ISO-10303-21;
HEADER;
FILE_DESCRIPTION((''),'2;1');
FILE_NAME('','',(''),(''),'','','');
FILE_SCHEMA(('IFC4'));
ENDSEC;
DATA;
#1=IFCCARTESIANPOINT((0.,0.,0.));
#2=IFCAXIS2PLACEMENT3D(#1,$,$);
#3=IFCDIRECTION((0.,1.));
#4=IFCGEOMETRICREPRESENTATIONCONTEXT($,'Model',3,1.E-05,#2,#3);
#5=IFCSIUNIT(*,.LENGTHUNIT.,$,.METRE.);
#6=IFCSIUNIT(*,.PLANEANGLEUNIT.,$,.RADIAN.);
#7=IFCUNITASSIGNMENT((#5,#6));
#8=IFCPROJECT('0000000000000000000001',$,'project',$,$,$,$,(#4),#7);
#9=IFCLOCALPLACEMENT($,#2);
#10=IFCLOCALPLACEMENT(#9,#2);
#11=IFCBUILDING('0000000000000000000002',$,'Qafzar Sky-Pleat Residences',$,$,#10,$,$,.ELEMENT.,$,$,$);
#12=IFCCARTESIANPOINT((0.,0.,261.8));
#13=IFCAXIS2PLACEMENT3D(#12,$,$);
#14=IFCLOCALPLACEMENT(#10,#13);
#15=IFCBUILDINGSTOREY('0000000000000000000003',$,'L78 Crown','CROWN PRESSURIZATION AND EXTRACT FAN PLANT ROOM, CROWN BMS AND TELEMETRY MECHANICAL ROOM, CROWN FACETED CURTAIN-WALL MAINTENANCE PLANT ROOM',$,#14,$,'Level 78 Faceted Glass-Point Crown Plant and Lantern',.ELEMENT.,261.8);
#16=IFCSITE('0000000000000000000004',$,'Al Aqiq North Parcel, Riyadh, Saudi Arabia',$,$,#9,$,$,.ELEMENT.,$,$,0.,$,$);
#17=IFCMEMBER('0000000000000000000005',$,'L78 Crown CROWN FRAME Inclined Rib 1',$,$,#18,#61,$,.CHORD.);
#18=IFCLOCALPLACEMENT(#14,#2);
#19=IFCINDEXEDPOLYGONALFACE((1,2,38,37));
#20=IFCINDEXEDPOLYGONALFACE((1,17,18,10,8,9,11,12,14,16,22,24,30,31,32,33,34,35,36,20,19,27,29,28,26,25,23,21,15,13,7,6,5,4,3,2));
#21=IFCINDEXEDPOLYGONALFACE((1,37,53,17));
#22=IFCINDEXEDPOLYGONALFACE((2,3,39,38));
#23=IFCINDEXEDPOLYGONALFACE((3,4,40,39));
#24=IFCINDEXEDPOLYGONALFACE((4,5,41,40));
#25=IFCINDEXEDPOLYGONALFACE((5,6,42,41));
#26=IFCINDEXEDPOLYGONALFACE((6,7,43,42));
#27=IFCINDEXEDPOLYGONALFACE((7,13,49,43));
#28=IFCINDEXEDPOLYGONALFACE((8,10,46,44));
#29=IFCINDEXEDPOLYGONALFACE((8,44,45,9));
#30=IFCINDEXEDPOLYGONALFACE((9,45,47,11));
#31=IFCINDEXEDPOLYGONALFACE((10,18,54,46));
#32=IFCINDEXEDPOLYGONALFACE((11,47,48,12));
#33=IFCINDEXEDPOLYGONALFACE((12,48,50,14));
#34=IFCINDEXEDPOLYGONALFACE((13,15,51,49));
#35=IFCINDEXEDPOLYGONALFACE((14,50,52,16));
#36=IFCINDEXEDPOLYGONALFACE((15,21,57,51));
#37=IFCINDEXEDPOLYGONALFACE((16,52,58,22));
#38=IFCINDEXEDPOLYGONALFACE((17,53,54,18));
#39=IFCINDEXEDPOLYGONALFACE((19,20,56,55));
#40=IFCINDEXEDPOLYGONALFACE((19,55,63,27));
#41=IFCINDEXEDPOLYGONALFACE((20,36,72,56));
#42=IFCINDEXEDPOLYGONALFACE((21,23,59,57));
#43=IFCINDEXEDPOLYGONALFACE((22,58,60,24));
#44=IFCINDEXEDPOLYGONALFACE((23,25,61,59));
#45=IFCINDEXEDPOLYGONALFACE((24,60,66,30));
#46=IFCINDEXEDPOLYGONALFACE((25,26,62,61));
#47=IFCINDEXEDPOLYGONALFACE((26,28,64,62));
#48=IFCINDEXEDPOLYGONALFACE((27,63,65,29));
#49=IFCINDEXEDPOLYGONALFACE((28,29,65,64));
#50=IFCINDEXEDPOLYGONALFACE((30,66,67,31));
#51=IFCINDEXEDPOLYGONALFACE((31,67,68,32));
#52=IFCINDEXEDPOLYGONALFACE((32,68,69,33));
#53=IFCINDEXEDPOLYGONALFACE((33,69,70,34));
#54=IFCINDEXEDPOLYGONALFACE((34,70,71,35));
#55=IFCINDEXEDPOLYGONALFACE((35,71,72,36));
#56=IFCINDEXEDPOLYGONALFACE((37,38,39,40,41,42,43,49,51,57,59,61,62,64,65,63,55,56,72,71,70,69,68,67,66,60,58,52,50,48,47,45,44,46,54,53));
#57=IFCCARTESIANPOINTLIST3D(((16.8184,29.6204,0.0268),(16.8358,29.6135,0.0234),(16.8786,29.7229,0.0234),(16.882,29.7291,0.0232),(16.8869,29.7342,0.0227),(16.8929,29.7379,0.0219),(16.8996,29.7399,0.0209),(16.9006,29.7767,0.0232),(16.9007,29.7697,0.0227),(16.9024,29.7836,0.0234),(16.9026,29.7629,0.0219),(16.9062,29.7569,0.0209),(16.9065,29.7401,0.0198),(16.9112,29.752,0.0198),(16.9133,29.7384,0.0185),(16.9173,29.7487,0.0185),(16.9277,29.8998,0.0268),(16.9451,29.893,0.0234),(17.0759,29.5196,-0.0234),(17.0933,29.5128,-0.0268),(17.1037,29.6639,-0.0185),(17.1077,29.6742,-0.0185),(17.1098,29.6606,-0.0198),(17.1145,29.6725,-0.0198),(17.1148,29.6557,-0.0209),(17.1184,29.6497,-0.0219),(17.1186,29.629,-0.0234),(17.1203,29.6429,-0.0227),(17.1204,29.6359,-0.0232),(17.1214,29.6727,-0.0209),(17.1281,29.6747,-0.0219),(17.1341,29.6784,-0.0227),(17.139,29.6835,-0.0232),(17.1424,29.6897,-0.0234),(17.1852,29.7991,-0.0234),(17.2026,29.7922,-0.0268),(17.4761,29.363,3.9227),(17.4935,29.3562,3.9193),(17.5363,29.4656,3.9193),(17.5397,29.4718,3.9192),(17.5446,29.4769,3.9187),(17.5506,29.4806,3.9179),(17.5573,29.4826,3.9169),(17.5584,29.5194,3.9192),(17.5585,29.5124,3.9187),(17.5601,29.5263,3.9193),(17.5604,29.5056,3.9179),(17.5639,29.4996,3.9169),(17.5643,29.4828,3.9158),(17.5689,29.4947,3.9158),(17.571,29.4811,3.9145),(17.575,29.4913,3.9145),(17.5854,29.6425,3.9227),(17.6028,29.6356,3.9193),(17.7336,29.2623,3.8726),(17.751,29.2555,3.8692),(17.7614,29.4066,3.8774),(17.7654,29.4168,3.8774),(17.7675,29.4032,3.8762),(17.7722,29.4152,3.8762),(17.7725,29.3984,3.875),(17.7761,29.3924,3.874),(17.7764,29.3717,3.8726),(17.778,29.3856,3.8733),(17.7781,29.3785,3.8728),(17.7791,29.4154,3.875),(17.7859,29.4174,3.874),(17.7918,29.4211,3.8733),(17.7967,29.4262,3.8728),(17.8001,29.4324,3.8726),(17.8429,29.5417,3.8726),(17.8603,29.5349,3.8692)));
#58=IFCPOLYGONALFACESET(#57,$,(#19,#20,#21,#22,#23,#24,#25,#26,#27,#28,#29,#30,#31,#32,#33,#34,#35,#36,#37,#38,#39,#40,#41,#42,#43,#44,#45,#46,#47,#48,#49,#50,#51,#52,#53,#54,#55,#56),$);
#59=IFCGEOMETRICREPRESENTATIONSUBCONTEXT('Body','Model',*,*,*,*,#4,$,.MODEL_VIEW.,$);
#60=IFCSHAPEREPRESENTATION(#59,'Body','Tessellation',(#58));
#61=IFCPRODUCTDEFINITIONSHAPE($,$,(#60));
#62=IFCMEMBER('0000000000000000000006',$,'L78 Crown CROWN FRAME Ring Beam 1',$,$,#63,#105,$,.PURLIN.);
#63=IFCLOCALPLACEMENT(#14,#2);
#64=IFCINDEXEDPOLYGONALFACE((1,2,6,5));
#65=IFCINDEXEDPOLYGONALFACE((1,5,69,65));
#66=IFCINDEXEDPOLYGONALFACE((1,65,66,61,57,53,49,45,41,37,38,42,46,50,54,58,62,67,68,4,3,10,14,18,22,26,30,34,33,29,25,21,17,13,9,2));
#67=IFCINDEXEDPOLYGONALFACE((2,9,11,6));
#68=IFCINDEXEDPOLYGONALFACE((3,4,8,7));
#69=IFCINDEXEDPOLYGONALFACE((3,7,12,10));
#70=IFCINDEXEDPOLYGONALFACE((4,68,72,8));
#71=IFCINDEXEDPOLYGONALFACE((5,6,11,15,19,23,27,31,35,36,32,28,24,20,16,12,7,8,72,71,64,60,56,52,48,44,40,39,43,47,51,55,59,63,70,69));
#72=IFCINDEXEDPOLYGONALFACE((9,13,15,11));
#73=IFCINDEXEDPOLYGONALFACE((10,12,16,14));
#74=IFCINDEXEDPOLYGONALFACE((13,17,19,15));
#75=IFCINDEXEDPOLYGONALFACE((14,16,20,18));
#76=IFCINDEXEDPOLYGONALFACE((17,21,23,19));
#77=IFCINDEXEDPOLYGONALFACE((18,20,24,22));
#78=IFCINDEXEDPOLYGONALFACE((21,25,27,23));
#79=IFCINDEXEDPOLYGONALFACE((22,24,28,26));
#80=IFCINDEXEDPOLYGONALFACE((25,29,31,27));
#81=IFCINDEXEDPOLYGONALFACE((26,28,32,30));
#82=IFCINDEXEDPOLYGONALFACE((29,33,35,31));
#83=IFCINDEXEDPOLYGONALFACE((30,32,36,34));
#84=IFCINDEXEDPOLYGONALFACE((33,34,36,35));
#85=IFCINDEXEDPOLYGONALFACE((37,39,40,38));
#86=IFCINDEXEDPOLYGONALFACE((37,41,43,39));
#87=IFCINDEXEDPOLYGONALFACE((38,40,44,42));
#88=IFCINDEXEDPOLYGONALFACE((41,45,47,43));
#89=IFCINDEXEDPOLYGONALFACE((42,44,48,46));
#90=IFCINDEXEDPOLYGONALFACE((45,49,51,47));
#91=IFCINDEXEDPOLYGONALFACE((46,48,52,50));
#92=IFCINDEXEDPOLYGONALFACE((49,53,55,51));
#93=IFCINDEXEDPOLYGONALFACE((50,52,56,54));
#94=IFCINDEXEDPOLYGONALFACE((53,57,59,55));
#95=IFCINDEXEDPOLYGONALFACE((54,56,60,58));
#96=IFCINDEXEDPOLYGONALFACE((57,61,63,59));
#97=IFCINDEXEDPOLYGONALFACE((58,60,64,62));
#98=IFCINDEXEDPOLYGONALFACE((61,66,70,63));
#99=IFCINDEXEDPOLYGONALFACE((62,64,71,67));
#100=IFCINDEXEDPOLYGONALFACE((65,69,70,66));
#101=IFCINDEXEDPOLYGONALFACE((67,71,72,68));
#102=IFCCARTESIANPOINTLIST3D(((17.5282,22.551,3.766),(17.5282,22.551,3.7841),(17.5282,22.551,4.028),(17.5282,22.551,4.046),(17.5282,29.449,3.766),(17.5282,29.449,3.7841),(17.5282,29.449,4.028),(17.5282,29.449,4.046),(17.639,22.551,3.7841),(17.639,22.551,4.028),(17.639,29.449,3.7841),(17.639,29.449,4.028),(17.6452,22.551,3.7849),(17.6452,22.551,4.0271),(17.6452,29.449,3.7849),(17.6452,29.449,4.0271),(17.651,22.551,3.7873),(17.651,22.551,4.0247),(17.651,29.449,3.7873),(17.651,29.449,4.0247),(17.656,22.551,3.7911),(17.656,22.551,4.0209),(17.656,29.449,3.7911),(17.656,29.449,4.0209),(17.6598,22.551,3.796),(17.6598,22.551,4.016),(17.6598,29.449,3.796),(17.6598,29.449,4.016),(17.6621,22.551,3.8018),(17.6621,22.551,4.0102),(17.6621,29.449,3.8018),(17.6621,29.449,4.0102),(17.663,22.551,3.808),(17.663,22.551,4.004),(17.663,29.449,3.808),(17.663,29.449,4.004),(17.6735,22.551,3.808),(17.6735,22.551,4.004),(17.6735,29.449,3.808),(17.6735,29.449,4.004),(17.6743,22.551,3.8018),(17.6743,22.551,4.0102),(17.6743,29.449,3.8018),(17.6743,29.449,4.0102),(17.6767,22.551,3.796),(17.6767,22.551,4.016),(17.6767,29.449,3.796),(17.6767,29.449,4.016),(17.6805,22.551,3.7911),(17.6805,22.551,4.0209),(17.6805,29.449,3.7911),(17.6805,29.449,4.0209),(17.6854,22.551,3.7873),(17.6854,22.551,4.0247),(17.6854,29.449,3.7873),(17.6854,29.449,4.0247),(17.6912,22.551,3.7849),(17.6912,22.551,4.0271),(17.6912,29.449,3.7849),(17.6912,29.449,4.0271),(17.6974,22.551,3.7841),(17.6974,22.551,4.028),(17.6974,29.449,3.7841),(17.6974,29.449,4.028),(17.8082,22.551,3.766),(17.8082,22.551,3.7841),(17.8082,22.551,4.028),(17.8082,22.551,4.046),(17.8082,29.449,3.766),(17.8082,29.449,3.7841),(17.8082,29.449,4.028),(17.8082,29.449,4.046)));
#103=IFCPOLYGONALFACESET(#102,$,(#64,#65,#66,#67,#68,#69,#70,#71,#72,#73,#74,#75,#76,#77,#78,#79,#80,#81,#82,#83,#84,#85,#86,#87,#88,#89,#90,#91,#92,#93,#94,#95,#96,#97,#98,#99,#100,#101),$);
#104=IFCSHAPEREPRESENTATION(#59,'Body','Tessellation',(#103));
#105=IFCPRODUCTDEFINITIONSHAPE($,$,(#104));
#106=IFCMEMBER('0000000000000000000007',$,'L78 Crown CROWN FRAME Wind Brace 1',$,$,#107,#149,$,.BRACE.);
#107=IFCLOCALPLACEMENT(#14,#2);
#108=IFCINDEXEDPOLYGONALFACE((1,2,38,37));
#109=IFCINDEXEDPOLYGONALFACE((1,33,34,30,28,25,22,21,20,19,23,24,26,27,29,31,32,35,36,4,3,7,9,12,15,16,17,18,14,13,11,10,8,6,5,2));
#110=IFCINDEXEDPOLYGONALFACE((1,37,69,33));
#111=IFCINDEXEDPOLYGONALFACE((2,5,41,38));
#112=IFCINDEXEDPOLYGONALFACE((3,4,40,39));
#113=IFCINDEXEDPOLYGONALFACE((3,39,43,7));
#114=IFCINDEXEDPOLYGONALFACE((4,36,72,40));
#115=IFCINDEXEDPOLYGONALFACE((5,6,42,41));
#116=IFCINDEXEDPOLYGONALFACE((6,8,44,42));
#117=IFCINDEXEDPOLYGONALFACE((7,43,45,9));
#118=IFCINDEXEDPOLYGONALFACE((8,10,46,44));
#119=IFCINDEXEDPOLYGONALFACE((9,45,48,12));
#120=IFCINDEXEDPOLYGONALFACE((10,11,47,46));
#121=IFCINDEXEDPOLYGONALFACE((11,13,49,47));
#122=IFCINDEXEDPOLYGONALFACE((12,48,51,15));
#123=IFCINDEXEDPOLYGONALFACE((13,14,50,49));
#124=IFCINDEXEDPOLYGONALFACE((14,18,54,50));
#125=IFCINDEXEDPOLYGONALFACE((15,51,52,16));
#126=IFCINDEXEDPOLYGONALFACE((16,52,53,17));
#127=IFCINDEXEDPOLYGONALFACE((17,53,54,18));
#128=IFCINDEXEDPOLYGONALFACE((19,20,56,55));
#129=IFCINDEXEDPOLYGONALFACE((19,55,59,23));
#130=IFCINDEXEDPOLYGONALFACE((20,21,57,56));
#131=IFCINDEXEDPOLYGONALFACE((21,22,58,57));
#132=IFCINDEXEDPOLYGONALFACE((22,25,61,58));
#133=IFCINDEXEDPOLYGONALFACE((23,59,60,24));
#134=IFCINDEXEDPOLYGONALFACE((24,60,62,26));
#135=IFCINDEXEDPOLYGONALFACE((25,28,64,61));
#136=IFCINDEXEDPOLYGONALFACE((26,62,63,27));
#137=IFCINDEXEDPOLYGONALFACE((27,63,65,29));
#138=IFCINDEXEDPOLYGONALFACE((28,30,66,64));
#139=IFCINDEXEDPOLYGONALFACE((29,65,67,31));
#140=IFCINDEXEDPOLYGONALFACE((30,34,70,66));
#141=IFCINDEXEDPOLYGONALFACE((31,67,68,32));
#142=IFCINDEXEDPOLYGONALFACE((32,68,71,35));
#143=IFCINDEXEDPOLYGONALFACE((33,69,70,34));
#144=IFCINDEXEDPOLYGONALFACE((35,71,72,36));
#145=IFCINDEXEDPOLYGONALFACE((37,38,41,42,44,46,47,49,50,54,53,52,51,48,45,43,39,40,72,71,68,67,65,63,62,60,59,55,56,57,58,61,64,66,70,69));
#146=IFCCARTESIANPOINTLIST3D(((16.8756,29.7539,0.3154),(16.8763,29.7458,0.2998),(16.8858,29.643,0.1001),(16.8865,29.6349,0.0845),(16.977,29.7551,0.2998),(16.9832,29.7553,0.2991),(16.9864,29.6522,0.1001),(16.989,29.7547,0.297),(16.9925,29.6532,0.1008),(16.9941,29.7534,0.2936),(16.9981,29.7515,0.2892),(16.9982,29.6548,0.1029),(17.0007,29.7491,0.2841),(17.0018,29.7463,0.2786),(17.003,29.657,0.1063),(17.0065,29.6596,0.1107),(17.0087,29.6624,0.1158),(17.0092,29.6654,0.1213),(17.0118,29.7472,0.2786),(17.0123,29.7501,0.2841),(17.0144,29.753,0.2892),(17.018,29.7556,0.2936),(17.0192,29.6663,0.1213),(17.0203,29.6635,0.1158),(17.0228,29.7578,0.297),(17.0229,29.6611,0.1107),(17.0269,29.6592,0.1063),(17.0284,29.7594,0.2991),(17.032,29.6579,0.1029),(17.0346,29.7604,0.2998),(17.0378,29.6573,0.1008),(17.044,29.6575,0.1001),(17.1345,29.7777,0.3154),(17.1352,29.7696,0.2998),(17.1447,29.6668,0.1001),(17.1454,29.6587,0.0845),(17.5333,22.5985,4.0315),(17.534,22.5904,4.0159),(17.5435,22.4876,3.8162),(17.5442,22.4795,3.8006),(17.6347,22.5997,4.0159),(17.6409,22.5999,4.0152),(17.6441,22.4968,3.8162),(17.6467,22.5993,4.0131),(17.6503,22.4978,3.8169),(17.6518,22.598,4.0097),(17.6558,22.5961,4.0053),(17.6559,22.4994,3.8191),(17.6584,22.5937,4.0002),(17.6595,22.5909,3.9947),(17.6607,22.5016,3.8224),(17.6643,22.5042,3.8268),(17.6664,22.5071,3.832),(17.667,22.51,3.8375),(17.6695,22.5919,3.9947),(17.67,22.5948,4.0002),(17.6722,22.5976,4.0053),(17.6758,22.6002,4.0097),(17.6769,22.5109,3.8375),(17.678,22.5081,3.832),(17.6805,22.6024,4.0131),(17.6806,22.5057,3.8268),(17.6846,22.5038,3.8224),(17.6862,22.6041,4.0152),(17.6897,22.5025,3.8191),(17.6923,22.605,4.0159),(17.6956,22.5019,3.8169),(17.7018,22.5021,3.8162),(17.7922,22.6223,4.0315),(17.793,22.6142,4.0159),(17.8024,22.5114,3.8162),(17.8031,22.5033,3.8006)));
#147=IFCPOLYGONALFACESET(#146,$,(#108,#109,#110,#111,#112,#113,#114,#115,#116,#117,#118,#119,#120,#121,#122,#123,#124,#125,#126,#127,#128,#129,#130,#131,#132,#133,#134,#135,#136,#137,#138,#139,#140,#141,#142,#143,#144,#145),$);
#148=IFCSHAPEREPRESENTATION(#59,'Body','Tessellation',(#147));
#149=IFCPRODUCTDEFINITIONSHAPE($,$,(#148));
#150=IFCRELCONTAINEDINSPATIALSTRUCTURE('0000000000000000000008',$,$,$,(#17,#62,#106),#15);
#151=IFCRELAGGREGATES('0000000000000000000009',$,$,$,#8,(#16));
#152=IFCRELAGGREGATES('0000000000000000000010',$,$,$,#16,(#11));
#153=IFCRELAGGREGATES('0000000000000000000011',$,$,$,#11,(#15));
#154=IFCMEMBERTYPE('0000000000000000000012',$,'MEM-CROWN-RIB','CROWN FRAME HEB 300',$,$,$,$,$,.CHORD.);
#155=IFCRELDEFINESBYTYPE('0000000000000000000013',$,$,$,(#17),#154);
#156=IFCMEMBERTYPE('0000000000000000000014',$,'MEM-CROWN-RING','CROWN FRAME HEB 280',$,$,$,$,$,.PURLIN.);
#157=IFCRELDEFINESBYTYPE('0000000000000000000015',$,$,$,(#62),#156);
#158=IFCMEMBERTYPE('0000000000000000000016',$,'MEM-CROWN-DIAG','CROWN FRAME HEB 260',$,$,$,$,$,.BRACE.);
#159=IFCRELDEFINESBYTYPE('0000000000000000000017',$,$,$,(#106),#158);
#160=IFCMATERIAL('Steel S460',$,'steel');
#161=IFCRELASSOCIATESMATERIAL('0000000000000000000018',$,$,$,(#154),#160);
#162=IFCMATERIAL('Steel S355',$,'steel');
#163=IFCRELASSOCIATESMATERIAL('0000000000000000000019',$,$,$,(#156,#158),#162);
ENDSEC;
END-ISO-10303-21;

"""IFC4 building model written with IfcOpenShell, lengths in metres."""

from ifc_helpers import new_model, si_unit, direction, frame, origin, origin_2d, place, context, subcontext, project, spatial, i_section, extrude, source, transform, mapped, material, material_profile, profile_set, type_object, element, save


model = new_model("IFC4")

# Units and contexts
model_context = context("Model", 3, precision=1e-05, world=origin(), true_north=direction((0.0, 1.0)))
body_context = subcontext(model_context, "Body", "Model", "MODEL_VIEW")
ifc_project = project(units=[si_unit("LENGTHUNIT", "METRE"), si_unit("PLANEANGLEUNIT", "RADIAN")], contexts=[model_context])

# Site, building, storey
site_placement = place(None, origin())
site = spatial("IfcSite", under=ifc_project, at=site_placement, Name="Al Aqiq North Parcel, Riyadh, Saudi Arabia", CompositionType="ELEMENT", RefElevation=0.0)
building_placement = place(site_placement, origin())
building = spatial("IfcBuilding", under=site, at=building_placement, Name="Qafzar Sky-Pleat Residences", CompositionType="ELEMENT")
storey_placement = place(building_placement, frame((0.0, 0.0, 261.8)))
storey = spatial("IfcBuildingStorey", under=building, at=storey_placement, Name="L78 Crown", Description="CROWN PRESSURIZATION AND EXTRACT FAN PLANT ROOM, CROWN BMS AND TELEMETRY MECHANICAL ROOM, CROWN FACETED CURTAIN-WALL MAINTENANCE PLANT ROOM", LongName="Level 78 Faceted Glass-Point Crown Plant and Lantern", CompositionType="ELEMENT", Elevation=261.8)

# Members
ifc_material_1 = material(Name="Steel S460", Category="steel")
ifc_material_profile_1 = material_profile(ifc_material_1, i_section(OverallWidth=0.3, OverallDepth=0.3, WebThickness=0.011, FlangeThickness=0.019, FilletRadius=0.0271, at=origin_2d()), Name="HEB 300")
ifc_profile_set_1 = profile_set([ifc_material_profile_1], Name="Steel S460")
member_type_1 = type_object("IfcMemberType", Name="MEM-CROWN-RIB", Description="CROWN FRAME HEB 300", PredefinedType="CHORD", material=ifc_profile_set_1)
shared_shape_1 = source(origin(), body_context, "Body", "SweptSolid", [
    extrude(i_section(OverallWidth=0.3, OverallDepth=0.3, WebThickness=0.011, FlangeThickness=0.019, FilletRadius=0.0271, at=origin_2d()), origin(), (0.0, 0.0, 1.0), 3.9595),
])
member_1_placement = place(storey_placement, frame((17.0105, 29.7063, 0.0), z_axis=(0.166111, -0.064989, 0.983963), x_axis=(0.364347, 0.931263, 0.0)))
element("IfcMember", 1, at=member_1_placement, inside=storey, type_object=member_type_1, Name="L78 Crown CROWN FRAME Inclined Rib 1", PredefinedType="CHORD", context=body_context, shape_type="MappedRepresentation", body=[
    mapped(shared_shape_1, transform((0.0, 0.0, 0.0), x_axis=(1.0, 0.0, 0.0), y_axis=(0.0, 1.0, 0.0), z_axis=(0.0, 0.0, 1.0), scale=1.0)),
])
ifc_material_2 = material(Name="Steel S355", Category="steel")
ifc_material_profile_2 = material_profile(ifc_material_2, i_section(OverallWidth=0.28, OverallDepth=0.28, WebThickness=0.0105, FlangeThickness=0.0181, FilletRadius=0.0239, at=origin_2d()), Name="HEB 280")
ifc_profile_set_2 = profile_set([ifc_material_profile_2], Name="Steel S355")
member_type_2 = type_object("IfcMemberType", Name="MEM-CROWN-RING", Description="CROWN FRAME HEB 280", PredefinedType="PURLIN", material=ifc_profile_set_2)
shared_shape_2 = source(origin(), body_context, "Body", "SweptSolid", [
    extrude(i_section(OverallWidth=0.28, OverallDepth=0.28, WebThickness=0.0105, FlangeThickness=0.0181, FilletRadius=0.0239, at=origin_2d()), origin(), (0.0, 0.0, 1.0), 6.8979),
])
member_2_placement = place(storey_placement, frame((17.6682, 29.449, 3.906), z_axis=(0.0, -1.0, 0.0), x_axis=(1.0, 0.0, 0.0)))
element("IfcMember", 2, at=member_2_placement, inside=storey, type_object=member_type_2, Name="L78 Crown CROWN FRAME Ring Beam 1", PredefinedType="PURLIN", context=body_context, shape_type="MappedRepresentation", body=[
    mapped(shared_shape_2, transform((0.0, 0.0, 0.0), x_axis=(1.0, 0.0, 0.0), y_axis=(0.0, 1.0, 0.0), z_axis=(0.0, 0.0, 1.0), scale=1.0)),
])
ifc_material_profile_3 = material_profile(ifc_material_2, i_section(OverallWidth=0.26, OverallDepth=0.26, WebThickness=0.01, FlangeThickness=0.0176, FilletRadius=0.0239, at=origin_2d()), Name="HEB 260")
ifc_profile_set_3 = profile_set([ifc_material_profile_3], Name="Steel S355")
member_type_3 = type_object("IfcMemberType", Name="MEM-CROWN-DIAG", Description="CROWN FRAME HEB 260", PredefinedType="BRACE", material=ifc_profile_set_3)
shared_shape_3 = source(origin(), body_context, "Body", "SweptSolid", [
    extrude(i_section(OverallWidth=0.26, OverallDepth=0.26, WebThickness=0.01, FlangeThickness=0.0176, FilletRadius=0.0239, at=origin_2d()), origin(), (0.0, 0.0, 1.0), 8.0896),
])
member_3_placement = place(storey_placement, frame((17.0105, 29.7063, 0.2), z_axis=(0.081305, -0.884516, 0.45937), x_axis=(0.995802, 0.091534, 0.0)))
element("IfcMember", 3, at=member_3_placement, inside=storey, type_object=member_type_3, Name="L78 Crown CROWN FRAME Wind Brace 1", PredefinedType="BRACE", context=body_context, shape_type="MappedRepresentation", body=[
    mapped(shared_shape_3, transform((0.0, 0.0, 0.0), x_axis=(1.0, 0.0, 0.0), y_axis=(0.0, 1.0, 0.0), z_axis=(0.0, 0.0, 1.0), scale=1.0)),
])

save(model, "model.ifc")
